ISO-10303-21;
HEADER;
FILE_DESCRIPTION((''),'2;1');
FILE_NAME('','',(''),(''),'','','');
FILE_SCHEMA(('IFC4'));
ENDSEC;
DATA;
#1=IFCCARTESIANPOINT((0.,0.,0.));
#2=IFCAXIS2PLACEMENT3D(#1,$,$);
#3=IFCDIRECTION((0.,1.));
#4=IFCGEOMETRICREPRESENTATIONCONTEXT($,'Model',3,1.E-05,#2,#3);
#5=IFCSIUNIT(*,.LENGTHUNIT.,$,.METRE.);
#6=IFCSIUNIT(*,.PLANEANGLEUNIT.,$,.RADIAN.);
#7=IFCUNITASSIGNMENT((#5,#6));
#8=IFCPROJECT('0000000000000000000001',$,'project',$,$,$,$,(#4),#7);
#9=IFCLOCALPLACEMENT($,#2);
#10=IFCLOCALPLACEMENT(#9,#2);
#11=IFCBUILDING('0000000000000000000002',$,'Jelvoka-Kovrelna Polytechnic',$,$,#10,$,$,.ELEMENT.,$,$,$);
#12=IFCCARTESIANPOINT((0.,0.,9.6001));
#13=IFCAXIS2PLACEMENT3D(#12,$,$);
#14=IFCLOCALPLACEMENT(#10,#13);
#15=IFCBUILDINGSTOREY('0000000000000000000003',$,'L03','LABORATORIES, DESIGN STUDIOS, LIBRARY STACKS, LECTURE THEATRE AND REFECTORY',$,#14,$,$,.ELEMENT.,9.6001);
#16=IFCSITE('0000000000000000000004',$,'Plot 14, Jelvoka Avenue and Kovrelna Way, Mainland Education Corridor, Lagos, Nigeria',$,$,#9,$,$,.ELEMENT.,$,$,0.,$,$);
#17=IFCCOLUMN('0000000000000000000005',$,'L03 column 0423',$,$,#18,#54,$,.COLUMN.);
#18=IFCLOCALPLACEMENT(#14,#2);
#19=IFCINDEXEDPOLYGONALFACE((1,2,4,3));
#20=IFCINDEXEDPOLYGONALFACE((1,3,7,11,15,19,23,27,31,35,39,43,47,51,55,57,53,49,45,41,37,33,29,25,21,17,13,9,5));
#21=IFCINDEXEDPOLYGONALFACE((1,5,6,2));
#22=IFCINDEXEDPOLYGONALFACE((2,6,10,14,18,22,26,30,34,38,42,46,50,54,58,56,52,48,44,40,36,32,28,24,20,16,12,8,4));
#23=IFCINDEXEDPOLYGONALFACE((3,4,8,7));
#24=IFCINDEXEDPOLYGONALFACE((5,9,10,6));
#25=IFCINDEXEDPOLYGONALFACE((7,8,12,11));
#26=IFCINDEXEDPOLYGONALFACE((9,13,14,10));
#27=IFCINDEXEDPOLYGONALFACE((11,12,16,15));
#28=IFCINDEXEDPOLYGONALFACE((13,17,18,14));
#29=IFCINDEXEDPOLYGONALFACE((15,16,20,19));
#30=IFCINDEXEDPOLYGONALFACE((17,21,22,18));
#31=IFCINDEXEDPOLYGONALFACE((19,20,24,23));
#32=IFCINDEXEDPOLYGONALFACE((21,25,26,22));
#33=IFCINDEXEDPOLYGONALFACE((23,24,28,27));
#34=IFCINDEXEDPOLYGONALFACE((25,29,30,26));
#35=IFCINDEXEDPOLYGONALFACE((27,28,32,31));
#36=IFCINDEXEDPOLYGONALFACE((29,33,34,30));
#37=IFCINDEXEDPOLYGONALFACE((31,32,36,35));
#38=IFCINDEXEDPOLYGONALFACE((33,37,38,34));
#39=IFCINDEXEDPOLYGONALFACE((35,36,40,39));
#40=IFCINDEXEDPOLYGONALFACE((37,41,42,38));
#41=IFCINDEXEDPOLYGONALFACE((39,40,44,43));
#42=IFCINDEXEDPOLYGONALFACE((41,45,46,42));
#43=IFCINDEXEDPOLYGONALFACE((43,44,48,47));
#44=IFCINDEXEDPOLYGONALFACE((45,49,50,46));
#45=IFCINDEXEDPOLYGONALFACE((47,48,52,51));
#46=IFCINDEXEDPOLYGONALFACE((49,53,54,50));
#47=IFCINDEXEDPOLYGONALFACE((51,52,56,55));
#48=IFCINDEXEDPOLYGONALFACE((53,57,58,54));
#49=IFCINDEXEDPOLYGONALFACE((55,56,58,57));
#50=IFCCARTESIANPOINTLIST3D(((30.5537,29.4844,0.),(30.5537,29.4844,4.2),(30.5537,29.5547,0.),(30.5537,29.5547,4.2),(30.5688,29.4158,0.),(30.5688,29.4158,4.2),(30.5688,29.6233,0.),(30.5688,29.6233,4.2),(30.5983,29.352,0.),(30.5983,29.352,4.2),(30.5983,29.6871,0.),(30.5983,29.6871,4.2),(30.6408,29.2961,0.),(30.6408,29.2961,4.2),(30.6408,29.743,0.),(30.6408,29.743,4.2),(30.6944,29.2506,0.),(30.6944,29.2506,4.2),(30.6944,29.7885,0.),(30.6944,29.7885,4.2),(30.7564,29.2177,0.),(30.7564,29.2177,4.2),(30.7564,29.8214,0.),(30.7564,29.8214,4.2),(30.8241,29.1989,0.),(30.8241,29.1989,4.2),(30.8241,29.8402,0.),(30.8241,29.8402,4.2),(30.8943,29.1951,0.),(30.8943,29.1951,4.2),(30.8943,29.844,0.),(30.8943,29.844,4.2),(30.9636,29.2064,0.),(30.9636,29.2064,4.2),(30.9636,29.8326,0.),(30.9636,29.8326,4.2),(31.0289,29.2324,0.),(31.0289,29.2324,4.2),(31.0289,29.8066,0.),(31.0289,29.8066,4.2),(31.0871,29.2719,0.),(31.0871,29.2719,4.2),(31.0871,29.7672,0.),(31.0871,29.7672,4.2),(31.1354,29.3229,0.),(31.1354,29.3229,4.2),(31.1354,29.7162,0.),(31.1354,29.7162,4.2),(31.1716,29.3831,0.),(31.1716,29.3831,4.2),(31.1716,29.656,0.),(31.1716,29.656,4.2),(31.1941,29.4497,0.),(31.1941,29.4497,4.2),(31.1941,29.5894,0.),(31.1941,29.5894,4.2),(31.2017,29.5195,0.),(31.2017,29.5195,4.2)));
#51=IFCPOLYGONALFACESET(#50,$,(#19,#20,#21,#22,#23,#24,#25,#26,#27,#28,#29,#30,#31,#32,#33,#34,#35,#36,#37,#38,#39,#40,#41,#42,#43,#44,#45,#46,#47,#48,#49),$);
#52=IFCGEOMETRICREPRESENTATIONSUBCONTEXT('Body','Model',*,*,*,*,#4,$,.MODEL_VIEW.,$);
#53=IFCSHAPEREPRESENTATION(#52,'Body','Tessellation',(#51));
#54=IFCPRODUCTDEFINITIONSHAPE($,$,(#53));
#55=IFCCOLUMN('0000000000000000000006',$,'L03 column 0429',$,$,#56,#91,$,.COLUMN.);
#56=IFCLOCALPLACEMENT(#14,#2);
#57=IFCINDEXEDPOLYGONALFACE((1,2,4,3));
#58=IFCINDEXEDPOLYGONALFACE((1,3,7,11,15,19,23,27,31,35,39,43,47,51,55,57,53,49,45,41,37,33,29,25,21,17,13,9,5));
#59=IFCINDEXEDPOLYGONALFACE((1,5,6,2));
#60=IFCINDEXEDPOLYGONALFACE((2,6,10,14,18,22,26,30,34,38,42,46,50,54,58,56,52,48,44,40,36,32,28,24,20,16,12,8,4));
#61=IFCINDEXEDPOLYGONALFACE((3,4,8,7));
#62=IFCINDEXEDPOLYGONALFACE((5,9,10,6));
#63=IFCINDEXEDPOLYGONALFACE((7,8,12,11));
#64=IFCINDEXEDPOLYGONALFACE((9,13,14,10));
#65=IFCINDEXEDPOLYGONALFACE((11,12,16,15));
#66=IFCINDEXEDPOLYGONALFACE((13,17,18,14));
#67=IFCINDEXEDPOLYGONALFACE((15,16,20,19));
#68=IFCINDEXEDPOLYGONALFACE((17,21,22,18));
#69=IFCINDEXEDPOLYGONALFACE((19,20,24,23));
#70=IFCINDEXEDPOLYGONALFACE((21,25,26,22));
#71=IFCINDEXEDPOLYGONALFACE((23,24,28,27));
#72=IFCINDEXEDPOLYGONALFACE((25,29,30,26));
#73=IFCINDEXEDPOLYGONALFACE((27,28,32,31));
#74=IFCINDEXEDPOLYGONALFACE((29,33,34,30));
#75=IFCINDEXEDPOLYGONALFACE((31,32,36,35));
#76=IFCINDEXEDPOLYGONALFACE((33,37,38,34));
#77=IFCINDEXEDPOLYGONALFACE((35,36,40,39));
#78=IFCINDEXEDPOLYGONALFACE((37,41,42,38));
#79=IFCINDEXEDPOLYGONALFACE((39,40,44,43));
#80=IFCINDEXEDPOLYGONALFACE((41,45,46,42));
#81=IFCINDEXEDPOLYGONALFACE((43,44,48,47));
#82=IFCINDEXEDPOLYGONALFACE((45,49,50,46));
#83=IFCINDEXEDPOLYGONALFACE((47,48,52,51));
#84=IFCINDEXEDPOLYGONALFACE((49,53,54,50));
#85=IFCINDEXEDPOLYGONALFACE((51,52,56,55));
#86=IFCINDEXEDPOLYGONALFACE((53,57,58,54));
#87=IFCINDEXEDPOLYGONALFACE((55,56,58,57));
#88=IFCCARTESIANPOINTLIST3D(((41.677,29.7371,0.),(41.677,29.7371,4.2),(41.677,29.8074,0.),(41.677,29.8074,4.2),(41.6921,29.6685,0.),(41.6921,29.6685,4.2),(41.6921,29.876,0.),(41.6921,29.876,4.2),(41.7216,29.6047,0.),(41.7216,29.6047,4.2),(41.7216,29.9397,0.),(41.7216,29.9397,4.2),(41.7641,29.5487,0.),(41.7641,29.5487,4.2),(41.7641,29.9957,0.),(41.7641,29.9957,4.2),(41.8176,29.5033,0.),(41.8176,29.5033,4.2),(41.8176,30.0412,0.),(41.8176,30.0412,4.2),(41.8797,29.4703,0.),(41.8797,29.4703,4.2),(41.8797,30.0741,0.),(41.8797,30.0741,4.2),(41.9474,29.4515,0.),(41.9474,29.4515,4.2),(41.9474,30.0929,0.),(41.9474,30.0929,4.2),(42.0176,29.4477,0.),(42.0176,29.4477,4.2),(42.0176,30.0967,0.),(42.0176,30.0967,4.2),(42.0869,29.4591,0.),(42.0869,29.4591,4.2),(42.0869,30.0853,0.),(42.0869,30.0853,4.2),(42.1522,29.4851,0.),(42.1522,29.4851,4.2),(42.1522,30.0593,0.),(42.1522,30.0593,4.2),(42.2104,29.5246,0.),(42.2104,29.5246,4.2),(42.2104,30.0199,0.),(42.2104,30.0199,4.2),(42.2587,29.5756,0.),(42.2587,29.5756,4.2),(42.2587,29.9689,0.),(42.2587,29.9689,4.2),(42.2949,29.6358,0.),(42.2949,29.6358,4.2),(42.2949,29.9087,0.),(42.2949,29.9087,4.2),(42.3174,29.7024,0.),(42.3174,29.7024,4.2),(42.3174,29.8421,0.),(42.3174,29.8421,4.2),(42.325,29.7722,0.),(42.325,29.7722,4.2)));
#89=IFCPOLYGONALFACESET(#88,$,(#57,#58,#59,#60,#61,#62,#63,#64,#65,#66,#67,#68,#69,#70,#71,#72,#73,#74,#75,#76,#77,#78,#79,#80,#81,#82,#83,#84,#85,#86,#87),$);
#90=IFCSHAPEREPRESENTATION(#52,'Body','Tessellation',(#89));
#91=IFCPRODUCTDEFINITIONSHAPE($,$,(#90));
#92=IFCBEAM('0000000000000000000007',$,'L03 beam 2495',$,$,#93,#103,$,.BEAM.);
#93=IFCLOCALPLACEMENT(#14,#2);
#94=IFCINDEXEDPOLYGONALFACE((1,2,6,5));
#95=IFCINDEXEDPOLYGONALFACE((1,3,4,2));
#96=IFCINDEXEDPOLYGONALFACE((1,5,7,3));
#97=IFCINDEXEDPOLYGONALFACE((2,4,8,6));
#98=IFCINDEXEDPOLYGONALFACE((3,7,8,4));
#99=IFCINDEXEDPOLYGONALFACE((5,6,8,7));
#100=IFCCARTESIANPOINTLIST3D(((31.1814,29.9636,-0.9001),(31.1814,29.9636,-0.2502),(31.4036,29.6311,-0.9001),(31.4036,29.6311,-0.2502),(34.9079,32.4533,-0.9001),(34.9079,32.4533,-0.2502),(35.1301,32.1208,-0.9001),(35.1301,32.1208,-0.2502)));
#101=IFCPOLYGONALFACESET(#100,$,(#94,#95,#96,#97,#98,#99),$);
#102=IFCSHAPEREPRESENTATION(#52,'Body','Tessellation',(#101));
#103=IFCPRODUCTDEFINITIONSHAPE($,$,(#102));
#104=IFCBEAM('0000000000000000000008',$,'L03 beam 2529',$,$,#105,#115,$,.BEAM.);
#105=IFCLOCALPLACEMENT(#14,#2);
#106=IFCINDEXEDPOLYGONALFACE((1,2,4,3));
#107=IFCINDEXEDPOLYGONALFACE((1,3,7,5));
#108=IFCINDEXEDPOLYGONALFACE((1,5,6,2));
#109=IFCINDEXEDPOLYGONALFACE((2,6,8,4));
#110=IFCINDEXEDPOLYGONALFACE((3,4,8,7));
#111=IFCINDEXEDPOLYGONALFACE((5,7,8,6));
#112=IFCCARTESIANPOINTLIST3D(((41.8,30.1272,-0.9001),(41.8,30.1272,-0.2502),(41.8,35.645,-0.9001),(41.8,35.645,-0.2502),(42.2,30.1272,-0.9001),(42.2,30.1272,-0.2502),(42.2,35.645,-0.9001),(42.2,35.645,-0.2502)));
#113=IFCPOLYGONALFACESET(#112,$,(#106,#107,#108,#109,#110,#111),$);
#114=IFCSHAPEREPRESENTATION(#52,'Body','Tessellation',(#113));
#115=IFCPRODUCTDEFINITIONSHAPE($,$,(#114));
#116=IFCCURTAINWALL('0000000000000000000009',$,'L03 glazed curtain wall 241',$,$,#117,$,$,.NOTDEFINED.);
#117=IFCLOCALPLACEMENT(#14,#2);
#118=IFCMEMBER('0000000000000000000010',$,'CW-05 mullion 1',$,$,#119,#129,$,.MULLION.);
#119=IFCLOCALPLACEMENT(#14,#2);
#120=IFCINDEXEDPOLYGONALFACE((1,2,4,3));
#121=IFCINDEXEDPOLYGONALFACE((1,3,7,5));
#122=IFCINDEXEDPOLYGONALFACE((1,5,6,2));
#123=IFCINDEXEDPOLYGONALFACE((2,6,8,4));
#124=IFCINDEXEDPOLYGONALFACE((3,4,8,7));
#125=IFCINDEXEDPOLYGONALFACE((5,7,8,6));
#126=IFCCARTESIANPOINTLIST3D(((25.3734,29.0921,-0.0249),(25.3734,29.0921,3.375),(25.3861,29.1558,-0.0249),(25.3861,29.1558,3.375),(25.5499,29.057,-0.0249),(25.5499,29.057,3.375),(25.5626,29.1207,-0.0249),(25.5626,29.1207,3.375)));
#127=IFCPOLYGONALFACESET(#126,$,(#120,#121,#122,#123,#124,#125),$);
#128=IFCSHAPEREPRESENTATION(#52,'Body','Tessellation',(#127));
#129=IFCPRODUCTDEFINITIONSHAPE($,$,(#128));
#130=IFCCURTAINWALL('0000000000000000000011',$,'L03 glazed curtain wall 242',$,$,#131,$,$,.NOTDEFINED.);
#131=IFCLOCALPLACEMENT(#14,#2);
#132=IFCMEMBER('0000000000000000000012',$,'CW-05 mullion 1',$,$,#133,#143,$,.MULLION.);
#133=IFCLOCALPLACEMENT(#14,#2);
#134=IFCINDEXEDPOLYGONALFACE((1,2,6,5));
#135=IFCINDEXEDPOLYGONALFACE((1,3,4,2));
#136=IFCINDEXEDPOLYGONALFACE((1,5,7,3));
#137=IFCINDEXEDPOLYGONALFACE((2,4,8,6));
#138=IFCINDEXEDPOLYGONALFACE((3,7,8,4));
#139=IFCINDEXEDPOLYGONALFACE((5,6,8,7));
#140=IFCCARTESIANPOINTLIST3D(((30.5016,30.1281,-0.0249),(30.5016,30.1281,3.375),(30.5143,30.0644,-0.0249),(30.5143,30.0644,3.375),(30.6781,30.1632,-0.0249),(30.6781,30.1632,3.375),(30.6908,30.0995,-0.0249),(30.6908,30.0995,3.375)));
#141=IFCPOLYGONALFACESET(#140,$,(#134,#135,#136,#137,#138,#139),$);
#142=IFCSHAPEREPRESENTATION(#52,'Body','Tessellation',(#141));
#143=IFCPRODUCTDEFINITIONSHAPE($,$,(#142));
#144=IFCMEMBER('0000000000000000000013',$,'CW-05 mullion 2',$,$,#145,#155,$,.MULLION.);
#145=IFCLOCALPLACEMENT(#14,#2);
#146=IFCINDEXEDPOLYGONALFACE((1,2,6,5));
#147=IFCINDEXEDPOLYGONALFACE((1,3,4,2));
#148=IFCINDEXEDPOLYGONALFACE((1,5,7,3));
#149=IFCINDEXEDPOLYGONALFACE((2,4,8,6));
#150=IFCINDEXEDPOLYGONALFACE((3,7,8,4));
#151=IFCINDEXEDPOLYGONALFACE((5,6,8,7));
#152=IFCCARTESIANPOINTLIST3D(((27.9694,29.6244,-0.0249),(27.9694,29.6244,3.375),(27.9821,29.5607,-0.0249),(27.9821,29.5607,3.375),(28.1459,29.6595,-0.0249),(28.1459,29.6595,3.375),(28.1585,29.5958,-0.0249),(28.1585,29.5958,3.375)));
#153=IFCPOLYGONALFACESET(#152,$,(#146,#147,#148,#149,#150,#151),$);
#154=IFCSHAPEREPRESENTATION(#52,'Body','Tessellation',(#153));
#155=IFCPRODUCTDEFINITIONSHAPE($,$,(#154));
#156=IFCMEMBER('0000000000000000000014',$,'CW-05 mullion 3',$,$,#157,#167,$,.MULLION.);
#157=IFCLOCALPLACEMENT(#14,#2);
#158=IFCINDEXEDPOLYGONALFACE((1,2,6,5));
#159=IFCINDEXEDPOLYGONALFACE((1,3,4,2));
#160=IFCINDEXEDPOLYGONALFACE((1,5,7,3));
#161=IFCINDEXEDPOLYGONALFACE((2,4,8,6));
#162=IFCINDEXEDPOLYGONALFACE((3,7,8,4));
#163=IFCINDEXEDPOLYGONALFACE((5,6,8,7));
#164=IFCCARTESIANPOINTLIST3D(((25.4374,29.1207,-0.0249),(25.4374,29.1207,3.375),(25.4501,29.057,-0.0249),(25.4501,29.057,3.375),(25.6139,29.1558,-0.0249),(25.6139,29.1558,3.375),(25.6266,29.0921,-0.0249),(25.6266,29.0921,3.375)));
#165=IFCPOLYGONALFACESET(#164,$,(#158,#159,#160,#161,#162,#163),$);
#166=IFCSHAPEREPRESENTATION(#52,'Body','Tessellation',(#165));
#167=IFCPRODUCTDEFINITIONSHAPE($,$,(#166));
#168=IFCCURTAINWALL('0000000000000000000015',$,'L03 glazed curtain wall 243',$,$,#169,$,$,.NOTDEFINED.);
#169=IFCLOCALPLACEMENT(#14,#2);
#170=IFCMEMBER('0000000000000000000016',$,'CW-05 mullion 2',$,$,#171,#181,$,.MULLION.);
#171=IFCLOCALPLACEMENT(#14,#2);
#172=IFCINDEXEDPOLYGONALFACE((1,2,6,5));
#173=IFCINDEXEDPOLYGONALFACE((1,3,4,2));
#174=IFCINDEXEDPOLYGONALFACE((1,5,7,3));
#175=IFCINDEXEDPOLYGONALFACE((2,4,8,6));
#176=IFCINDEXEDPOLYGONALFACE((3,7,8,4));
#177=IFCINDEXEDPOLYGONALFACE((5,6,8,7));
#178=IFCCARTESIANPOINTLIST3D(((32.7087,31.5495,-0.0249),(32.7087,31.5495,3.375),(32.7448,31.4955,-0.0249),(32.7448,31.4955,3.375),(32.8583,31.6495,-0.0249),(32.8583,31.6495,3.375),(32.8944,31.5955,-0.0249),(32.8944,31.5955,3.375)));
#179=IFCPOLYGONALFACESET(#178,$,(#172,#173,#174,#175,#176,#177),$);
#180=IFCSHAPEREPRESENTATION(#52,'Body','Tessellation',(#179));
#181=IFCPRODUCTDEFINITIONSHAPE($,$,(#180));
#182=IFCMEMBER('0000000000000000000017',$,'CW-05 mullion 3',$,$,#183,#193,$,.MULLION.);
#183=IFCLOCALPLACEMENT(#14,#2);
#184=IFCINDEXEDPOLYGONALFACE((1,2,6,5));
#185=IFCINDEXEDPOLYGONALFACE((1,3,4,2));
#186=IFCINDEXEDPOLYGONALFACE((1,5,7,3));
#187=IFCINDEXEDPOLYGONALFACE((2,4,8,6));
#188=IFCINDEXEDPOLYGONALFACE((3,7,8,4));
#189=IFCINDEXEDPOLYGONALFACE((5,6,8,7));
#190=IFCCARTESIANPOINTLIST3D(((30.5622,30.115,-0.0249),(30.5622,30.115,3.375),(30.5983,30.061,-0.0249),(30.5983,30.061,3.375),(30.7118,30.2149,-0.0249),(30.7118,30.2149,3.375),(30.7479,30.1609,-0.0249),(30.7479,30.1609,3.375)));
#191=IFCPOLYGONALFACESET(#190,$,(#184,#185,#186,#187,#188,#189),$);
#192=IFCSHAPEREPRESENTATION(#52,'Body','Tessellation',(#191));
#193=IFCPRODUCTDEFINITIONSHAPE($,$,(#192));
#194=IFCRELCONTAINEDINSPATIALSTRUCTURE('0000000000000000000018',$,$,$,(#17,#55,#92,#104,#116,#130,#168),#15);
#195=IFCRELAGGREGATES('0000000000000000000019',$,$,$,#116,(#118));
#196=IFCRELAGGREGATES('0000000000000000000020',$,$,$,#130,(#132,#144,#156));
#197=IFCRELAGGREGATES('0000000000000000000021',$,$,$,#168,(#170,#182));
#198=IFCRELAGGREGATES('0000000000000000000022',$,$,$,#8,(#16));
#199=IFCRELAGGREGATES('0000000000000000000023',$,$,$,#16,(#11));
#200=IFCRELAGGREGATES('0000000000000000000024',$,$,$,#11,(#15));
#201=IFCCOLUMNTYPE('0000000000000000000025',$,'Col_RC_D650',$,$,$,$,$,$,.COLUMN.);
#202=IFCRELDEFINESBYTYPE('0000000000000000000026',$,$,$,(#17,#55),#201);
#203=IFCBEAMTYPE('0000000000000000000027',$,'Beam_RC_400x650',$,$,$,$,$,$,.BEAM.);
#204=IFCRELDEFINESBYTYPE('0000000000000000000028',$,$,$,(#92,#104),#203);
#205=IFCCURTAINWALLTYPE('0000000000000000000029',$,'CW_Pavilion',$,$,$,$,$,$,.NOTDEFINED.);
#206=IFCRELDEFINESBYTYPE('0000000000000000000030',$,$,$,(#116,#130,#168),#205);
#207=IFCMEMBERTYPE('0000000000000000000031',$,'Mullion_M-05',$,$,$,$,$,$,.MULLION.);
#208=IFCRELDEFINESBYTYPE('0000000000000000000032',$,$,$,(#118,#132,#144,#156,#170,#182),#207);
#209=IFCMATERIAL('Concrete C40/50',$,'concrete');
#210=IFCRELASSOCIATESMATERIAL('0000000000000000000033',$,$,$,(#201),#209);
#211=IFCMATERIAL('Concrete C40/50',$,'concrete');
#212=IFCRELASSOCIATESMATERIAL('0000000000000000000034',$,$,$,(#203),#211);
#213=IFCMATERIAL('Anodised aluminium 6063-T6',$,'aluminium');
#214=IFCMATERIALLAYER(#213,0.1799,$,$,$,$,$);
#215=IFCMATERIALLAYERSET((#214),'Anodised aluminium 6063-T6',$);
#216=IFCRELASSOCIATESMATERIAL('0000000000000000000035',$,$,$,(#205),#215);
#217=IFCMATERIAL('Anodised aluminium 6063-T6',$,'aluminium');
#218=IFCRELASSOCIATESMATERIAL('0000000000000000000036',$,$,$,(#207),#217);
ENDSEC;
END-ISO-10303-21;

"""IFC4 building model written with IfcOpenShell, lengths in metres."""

from ifc_helpers import new_model, si_unit, direction, frame, origin, origin_2d, place, context, subcontext, project, spatial, rectangle, circle, extrude, material, layer, layer_set, material_profile, profile_set, type_object, element, aggregate, save


model = new_model("IFC4")

# Units and contexts
model_context = context("Model", 3, precision=1e-05, world=origin(), true_north=direction((0.0, 1.0)))
body_context = subcontext(model_context, "Body", "Model", "MODEL_VIEW")
ifc_project = project(units=[si_unit("LENGTHUNIT", "METRE"), si_unit("PLANEANGLEUNIT", "RADIAN")], contexts=[model_context])

# Site, building, storey
site_placement = place(None, origin())
site = spatial("IfcSite", under=ifc_project, at=site_placement, Name="Plot 14, Jelvoka Avenue and Kovrelna Way, Mainland Education Corridor, Lagos, Nigeria", CompositionType="ELEMENT", RefElevation=0.0)
building_placement = place(site_placement, origin())
building = spatial("IfcBuilding", under=site, at=building_placement, Name="Jelvoka-Kovrelna Polytechnic", CompositionType="ELEMENT")
storey_placement = place(building_placement, frame((0.0, 0.0, 9.6001)))
storey = spatial("IfcBuildingStorey", under=building, at=storey_placement, Name="L03", Description="LABORATORIES, DESIGN STUDIOS, LIBRARY STACKS, LECTURE THEATRE AND REFECTORY", CompositionType="ELEMENT", Elevation=9.6001)

# Columns
ifc_material_1 = material(Name="Concrete C40/50", Category="concrete")
ifc_material_profile_1 = material_profile(ifc_material_1, circle(Radius=0.325, at=origin_2d()), Name="RC D650")
ifc_profile_set_1 = profile_set([ifc_material_profile_1], Name="Concrete C40/50")
column_type = type_object("IfcColumnType", Name="Col_RC_D650", PredefinedType="COLUMN", material=ifc_profile_set_1)
for number, where, z_axis, x_axis, name in (
    (1, (30.8767, 29.5195, 0.0), (0.0, 0.0, 1.0), (1.0, 0.0, 0.0), "L03 column 0423"),
    (2, (42.0, 29.7722, 0.0), (0.0, 0.0, 1.0), (1.0, 0.0, 0.0), "L03 column 0429"),
):
    element("IfcColumn", number, at=place(storey_placement, frame(where, z_axis=z_axis, x_axis=x_axis)), inside=storey, type_object=column_type, Name=name, PredefinedType="COLUMN", context=body_context, shape_type="SweptSolid", body=[
        extrude(circle(Radius=0.325, at=origin_2d()), origin(), (0.0, 0.0, 1.0), 4.2),
    ])

# Beams
ifc_material_2 = material(Name="Concrete C40/50", Category="concrete")
ifc_material_profile_2 = material_profile(ifc_material_2, rectangle(XDim=0.3999, YDim=0.6499, at=origin_2d()), Name="RC 400x650")
ifc_profile_set_2 = profile_set([ifc_material_profile_2], Name="Concrete C40/50")
beam_type_1 = type_object("IfcBeamType", Name="Beam_RC_400x650", PredefinedType="BEAM", material=ifc_profile_set_2)
beam_1_placement = place(storey_placement, frame((31.2925, 29.7974, -0.5752), z_axis=(0.831497, 0.55553, 0.0), x_axis=(-0.55553, 0.831497, 0.0)))
element("IfcBeam", 3, at=beam_1_placement, inside=storey, type_object=beam_type_1, Name="L03 beam 2495", PredefinedType="BEAM", context=body_context, shape_type="SweptSolid", body=[
    extrude(rectangle(XDim=0.3999, YDim=0.6499, at=origin_2d()), origin(), (0.0, 0.0, 1.0), 4.4817),
])
beam_2_placement = place(storey_placement, frame((42.0, 30.1272, -0.5752), z_axis=(0.0, 1.0, 0.0), x_axis=(-1.0, 0.0, 0.0)))
element("IfcBeam", 4, at=beam_2_placement, inside=storey, type_object=beam_type_1, Name="L03 beam 2529", PredefinedType="BEAM", context=body_context, shape_type="SweptSolid", body=[
    extrude(rectangle(XDim=0.3999, YDim=0.6499, at=origin_2d()), origin(), (0.0, 0.0, 1.0), 5.5178),
])

# Curtain wall, member
ifc_material_3 = material(Name="Anodised aluminium 6063-T6", Category="aluminium")
ifc_layer_1 = layer(ifc_material_3, 0.1799)
ifc_layer_set_1 = layer_set([ifc_layer_1], Name="Anodised aluminium 6063-T6")
curtain_wall_type = type_object("IfcCurtainWallType", Name="CW_Pavilion", PredefinedType="NOTDEFINED", material=ifc_layer_set_1)
curtain_wall_1_placement = place(storey_placement, origin())
curtain_wall_1 = element("IfcCurtainWall", 5, at=curtain_wall_1_placement, inside=storey, type_object=curtain_wall_type, Name="L03 glazed curtain wall 241", PredefinedType="NOTDEFINED")
ifc_material_4 = material(Name="Anodised aluminium 6063-T6", Category="aluminium")
ifc_material_profile_3 = material_profile(ifc_material_4, rectangle(XDim=0.0649, YDim=0.1799, at=origin_2d()), Name="ALU 65x180")
ifc_profile_set_3 = profile_set([ifc_material_profile_3], Name="Anodised aluminium 6063-T6")
member_type_1 = type_object("IfcMemberType", Name="Mullion_M-05", PredefinedType="MULLION", material=ifc_profile_set_3)
member_1_placement = place(storey_placement, frame((25.468, 29.1064, -0.0249), z_axis=(0.0, 0.0, 1.0), x_axis=(-0.195086, -0.980786, 0.0)))
member_1 = element("IfcMember", 6, at=member_1_placement, type_object=member_type_1, Name="CW-05 mullion 1", PredefinedType="MULLION", context=body_context, shape_type="SweptSolid", body=[
    extrude(rectangle(XDim=0.0649, YDim=0.1799, at=origin_2d()), origin(), (0.0, 0.0, 1.0), 3.3999),
])

# Curtain walls, members
curtain_wall_2_placement = place(storey_placement, origin())
curtain_wall_2 = element("IfcCurtainWall", 7, at=curtain_wall_2_placement, inside=storey, type_object=curtain_wall_type, Name="L03 glazed curtain wall 242", PredefinedType="NOTDEFINED")
member_2_placement = place(storey_placement, frame((30.5962, 30.1138, -0.0249), z_axis=(0.0, 0.0, 1.0), x_axis=(0.195086, -0.980786, 0.0)))
member_2 = element("IfcMember", 8, at=member_2_placement, type_object=member_type_1, Name="CW-05 mullion 1", PredefinedType="MULLION", context=body_context, shape_type="SweptSolid", body=[
    extrude(rectangle(XDim=0.0649, YDim=0.1799, at=origin_2d()), origin(), (0.0, 0.0, 1.0), 3.3999),
])
member_3_placement = place(storey_placement, frame((28.064, 29.6101, -0.0249), z_axis=(0.0, 0.0, 1.0), x_axis=(0.195086, -0.980786, 0.0)))
member_3 = element("IfcMember", 9, at=member_3_placement, type_object=member_type_1, Name="CW-05 mullion 2", PredefinedType="MULLION", context=body_context, shape_type="SweptSolid", body=[
    extrude(rectangle(XDim=0.0649, YDim=0.1799, at=origin_2d()), origin(), (0.0, 0.0, 1.0), 3.3999),
])
member_4_placement = place(storey_placement, frame((25.532, 29.1064, -0.0249), z_axis=(0.0, 0.0, 1.0), x_axis=(0.195086, -0.980786, 0.0)))
member_4 = element("IfcMember", 10, at=member_4_placement, type_object=member_type_1, Name="CW-05 mullion 3", PredefinedType="MULLION", context=body_context, shape_type="SweptSolid", body=[
    extrude(rectangle(XDim=0.0649, YDim=0.1799, at=origin_2d()), origin(), (0.0, 0.0, 1.0), 3.3999),
])
curtain_wall_3_placement = place(storey_placement, origin())
curtain_wall_3 = element("IfcCurtainWall", 11, at=curtain_wall_3_placement, inside=storey, type_object=curtain_wall_type, Name="L03 glazed curtain wall 243", PredefinedType="NOTDEFINED")
member_5_placement = place(storey_placement, frame((32.8015, 31.5725, -0.0249), z_axis=(0.0, 0.0, 1.0), x_axis=(0.555583, -0.831461, 0.0)))
member_5 = element("IfcMember", 12, at=member_5_placement, type_object=member_type_1, Name="CW-05 mullion 2", PredefinedType="MULLION", context=body_context, shape_type="SweptSolid", body=[
    extrude(rectangle(XDim=0.0649, YDim=0.1799, at=origin_2d()), origin(), (0.0, 0.0, 1.0), 3.3999),
])
member_6_placement = place(storey_placement, frame((30.655, 30.1379, -0.0249), z_axis=(0.0, 0.0, 1.0), x_axis=(0.555583, -0.831461, 0.0)))
member_6 = element("IfcMember", 13, at=member_6_placement, type_object=member_type_1, Name="CW-05 mullion 3", PredefinedType="MULLION", context=body_context, shape_type="SweptSolid", body=[
    extrude(rectangle(XDim=0.0649, YDim=0.1799, at=origin_2d()), origin(), (0.0, 0.0, 1.0), 3.3999),
])

aggregate(curtain_wall_1, [member_1])

aggregate(curtain_wall_2, [member_2, member_3, member_4])
aggregate(curtain_wall_3, [member_5, member_6])

save(model, "model.ifc")
